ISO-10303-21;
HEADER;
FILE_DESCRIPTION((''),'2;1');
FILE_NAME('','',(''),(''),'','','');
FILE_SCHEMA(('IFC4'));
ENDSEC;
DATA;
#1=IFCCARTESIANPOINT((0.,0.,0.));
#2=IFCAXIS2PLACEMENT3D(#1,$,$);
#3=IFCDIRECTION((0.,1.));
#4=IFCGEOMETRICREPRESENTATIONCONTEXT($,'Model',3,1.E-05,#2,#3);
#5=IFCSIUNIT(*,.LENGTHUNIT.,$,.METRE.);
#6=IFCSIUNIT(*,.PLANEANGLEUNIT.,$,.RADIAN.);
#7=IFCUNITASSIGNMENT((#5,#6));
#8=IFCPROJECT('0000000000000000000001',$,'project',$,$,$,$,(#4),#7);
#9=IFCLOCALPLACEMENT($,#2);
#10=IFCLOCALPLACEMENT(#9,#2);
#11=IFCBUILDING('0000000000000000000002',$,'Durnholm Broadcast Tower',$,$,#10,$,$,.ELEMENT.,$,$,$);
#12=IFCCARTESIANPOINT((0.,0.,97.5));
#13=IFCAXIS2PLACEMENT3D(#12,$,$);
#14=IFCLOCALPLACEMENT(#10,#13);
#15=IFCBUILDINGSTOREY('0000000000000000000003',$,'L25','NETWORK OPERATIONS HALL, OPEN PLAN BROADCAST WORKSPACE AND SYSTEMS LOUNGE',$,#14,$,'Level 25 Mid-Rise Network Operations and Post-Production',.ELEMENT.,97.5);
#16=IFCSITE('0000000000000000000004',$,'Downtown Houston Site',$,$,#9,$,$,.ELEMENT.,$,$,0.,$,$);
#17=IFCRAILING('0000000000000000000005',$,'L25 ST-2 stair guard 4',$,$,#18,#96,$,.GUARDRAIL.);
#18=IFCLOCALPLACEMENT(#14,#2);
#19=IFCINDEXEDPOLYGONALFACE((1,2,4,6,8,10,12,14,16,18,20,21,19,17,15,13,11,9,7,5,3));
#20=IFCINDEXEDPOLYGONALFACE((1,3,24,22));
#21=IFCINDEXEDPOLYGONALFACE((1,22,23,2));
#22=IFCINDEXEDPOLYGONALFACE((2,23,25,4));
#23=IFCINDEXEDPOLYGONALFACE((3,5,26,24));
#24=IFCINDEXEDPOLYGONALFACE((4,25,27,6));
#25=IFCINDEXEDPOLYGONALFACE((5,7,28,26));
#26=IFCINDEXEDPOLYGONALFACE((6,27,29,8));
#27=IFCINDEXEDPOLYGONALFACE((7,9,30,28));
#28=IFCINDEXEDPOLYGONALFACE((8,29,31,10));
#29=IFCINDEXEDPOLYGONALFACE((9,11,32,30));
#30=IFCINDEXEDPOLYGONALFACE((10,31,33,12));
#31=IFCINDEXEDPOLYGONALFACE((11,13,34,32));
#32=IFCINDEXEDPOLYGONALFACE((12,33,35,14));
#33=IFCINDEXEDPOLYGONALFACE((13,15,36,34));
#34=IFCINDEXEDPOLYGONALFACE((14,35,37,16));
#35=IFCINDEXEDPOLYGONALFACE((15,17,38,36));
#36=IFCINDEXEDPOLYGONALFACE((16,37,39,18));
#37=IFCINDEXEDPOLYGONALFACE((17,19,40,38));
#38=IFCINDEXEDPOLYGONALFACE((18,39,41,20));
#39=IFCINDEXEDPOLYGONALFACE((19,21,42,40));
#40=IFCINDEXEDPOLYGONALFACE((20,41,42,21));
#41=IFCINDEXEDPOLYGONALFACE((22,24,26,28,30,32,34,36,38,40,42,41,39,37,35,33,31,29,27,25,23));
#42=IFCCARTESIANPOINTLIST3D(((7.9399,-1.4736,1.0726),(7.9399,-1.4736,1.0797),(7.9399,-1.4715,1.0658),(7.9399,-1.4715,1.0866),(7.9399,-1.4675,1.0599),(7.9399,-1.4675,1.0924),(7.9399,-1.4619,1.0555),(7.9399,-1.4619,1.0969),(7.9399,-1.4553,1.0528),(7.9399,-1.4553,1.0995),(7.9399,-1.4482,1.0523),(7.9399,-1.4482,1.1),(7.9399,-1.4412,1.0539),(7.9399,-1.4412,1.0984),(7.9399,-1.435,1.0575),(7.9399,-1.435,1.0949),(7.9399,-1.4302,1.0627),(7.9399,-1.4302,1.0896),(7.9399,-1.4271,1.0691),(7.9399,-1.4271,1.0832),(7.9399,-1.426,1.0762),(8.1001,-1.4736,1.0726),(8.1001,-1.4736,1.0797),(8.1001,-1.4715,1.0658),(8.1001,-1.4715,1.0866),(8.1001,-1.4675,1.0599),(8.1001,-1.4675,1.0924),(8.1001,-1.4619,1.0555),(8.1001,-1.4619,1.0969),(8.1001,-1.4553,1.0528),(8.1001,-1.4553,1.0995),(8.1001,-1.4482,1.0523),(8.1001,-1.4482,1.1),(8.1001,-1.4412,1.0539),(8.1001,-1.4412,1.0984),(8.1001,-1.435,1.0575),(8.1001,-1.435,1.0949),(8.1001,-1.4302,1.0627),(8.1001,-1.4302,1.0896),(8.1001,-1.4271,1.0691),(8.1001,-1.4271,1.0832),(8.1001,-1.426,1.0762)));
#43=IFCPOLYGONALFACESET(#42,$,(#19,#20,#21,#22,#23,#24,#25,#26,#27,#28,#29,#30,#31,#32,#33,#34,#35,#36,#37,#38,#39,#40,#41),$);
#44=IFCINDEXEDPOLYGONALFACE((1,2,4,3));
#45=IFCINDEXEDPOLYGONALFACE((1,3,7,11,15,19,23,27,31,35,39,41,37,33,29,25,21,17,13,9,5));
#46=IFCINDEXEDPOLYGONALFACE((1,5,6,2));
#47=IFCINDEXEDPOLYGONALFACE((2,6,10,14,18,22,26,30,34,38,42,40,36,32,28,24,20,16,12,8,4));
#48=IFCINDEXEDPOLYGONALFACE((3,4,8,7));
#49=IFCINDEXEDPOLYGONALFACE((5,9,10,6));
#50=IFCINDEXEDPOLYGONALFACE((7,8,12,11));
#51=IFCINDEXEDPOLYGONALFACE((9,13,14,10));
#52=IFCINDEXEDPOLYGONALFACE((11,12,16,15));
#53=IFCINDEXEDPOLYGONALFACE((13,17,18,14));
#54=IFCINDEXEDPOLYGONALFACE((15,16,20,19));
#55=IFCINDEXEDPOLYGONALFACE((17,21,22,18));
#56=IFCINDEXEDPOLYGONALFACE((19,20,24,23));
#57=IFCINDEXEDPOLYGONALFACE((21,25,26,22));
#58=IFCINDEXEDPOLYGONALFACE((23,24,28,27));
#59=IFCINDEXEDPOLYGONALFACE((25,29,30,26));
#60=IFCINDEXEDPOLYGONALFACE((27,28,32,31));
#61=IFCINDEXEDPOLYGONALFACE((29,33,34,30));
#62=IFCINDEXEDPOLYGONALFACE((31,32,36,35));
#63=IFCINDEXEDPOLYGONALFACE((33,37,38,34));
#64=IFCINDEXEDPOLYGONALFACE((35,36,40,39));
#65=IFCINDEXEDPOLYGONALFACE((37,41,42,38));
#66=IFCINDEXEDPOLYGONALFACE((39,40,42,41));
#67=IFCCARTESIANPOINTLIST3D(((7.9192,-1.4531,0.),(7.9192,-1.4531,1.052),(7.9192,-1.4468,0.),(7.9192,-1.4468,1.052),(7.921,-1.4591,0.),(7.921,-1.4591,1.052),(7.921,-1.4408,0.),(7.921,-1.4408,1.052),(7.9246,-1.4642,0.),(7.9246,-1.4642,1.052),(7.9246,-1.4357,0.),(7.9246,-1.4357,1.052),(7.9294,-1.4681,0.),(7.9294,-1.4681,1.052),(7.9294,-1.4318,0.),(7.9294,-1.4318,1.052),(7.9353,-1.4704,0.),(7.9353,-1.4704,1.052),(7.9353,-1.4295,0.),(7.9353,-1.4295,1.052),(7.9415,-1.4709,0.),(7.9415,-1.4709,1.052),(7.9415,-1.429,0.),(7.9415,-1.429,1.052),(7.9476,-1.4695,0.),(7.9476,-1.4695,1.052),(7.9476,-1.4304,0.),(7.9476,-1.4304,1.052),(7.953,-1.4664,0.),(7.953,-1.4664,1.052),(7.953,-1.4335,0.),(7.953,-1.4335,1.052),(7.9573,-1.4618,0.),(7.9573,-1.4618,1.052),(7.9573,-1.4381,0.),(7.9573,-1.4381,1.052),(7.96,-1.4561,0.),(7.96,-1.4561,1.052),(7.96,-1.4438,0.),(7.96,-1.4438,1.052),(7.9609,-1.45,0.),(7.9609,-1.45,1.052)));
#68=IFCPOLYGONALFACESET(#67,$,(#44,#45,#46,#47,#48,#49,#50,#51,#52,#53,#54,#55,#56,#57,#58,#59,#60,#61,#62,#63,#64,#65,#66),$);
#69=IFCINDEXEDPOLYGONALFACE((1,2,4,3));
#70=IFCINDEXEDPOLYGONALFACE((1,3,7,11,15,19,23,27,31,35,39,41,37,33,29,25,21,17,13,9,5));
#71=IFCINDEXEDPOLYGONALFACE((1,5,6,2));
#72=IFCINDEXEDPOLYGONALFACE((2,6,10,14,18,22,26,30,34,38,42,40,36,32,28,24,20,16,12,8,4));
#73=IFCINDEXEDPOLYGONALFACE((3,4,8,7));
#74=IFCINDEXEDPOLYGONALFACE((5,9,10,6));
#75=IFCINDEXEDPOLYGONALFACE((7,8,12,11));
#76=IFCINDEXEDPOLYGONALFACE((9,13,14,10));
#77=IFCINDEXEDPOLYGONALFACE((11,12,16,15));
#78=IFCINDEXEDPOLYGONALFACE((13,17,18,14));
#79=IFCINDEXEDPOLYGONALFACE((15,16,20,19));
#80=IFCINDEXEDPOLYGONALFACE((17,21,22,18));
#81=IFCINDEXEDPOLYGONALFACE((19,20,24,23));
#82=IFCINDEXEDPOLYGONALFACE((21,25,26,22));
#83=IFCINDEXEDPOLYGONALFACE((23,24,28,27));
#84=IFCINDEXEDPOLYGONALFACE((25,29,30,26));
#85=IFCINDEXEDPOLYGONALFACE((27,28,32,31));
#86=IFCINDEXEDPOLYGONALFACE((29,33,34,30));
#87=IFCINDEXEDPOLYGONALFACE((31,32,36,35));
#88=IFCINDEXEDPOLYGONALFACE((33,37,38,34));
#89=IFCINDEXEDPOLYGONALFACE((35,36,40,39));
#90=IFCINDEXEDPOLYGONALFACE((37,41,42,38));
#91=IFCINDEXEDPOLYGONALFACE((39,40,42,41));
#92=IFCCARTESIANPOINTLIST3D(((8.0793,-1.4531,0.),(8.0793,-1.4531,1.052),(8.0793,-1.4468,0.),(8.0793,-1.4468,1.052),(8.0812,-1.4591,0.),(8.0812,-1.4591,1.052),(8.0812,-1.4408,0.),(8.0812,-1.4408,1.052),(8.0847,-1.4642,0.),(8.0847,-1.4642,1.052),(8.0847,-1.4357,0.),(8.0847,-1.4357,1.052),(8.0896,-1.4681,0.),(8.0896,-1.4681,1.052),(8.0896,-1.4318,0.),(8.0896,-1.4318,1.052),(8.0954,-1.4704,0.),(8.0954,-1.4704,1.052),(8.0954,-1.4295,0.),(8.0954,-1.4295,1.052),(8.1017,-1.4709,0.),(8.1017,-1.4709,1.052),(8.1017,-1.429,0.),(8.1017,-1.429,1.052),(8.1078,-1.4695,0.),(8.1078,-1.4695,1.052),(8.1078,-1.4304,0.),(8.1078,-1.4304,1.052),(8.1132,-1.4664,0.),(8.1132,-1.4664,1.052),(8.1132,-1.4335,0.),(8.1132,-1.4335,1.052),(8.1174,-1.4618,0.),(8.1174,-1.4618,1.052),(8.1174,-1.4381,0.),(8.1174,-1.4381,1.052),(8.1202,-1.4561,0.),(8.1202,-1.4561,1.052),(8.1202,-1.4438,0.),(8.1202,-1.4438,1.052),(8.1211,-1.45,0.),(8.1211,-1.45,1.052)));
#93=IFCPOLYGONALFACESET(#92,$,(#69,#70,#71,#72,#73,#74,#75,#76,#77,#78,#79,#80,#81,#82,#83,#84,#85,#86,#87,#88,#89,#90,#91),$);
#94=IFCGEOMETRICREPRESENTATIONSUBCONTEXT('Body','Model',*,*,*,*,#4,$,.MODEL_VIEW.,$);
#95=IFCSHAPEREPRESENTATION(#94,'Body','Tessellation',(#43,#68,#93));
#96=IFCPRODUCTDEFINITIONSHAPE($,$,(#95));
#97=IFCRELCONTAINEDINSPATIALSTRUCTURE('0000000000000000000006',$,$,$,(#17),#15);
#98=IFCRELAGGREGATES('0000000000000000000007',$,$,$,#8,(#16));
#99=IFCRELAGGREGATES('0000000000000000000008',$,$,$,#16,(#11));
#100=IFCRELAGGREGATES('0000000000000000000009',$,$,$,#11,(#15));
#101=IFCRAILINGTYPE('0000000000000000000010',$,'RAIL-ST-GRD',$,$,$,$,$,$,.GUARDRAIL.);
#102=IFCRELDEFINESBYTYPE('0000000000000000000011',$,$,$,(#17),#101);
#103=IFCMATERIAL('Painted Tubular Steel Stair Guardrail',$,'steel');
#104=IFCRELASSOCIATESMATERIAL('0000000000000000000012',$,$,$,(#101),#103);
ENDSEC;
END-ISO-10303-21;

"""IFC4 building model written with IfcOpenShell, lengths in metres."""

from ifc_helpers import new_model, si_unit, direction, frame, origin, origin_2d, place, context, subcontext, project, spatial, circle, extrude, material, type_object, element, save


model = new_model("IFC4")

# Units and contexts
model_context = context("Model", 3, precision=1e-05, world=origin(), true_north=direction((0.0, 1.0)))
body_context = subcontext(model_context, "Body", "Model", "MODEL_VIEW")
ifc_project = project(units=[si_unit("LENGTHUNIT", "METRE"), si_unit("PLANEANGLEUNIT", "RADIAN")], contexts=[model_context])

# Site, building, storey
site_placement = place(None, origin())
site = spatial("IfcSite", under=ifc_project, at=site_placement, Name="Downtown Houston Site", CompositionType="ELEMENT", RefElevation=0.0)
building_placement = place(site_placement, origin())
building = spatial("IfcBuilding", under=site, at=building_placement, Name="Durnholm Broadcast Tower", CompositionType="ELEMENT")
storey_placement = place(building_placement, frame((0.0, 0.0, 97.5)))
storey = spatial("IfcBuildingStorey", under=building, at=storey_placement, Name="L25", Description="NETWORK OPERATIONS HALL, OPEN PLAN BROADCAST WORKSPACE AND SYSTEMS LOUNGE", LongName="Level 25 Mid-Rise Network Operations and Post-Production", CompositionType="ELEMENT", Elevation=97.5)

# Railing
ifc_material_1 = material(Name="Painted Tubular Steel Stair Guardrail", Category="steel")
railing_type_1 = type_object("IfcRailingType", Name="RAIL-ST-GRD", PredefinedType="GUARDRAIL", material=ifc_material_1)
railing_1_placement = place(storey_placement, frame((7.9399, -1.45, 0.0)))
element("IfcRailing", 1, at=railing_1_placement, inside=storey, type_object=railing_type_1, Name="L25 ST-2 stair guard 4", PredefinedType="GUARDRAIL", context=body_context, shape_type="SweptSolid", body=[
    extrude(circle(Radius=0.0239, at=origin_2d()), frame((0.0, 0.0, 1.0762), z_axis=(1.0, 0.0, 0.0), x_axis=(0.0, 1.0, 0.0)), (0.0, 0.0, 1.0), 0.1602),
    extrude(circle(Radius=0.021, at=origin_2d()), origin(), (0.0, 0.0, 1.0), 1.052),
    extrude(circle(Radius=0.021, at=origin_2d()), frame((0.1602, 0.0, 0.0)), (0.0, 0.0, 1.0), 1.052),
])

save(model, "model.ifc")
